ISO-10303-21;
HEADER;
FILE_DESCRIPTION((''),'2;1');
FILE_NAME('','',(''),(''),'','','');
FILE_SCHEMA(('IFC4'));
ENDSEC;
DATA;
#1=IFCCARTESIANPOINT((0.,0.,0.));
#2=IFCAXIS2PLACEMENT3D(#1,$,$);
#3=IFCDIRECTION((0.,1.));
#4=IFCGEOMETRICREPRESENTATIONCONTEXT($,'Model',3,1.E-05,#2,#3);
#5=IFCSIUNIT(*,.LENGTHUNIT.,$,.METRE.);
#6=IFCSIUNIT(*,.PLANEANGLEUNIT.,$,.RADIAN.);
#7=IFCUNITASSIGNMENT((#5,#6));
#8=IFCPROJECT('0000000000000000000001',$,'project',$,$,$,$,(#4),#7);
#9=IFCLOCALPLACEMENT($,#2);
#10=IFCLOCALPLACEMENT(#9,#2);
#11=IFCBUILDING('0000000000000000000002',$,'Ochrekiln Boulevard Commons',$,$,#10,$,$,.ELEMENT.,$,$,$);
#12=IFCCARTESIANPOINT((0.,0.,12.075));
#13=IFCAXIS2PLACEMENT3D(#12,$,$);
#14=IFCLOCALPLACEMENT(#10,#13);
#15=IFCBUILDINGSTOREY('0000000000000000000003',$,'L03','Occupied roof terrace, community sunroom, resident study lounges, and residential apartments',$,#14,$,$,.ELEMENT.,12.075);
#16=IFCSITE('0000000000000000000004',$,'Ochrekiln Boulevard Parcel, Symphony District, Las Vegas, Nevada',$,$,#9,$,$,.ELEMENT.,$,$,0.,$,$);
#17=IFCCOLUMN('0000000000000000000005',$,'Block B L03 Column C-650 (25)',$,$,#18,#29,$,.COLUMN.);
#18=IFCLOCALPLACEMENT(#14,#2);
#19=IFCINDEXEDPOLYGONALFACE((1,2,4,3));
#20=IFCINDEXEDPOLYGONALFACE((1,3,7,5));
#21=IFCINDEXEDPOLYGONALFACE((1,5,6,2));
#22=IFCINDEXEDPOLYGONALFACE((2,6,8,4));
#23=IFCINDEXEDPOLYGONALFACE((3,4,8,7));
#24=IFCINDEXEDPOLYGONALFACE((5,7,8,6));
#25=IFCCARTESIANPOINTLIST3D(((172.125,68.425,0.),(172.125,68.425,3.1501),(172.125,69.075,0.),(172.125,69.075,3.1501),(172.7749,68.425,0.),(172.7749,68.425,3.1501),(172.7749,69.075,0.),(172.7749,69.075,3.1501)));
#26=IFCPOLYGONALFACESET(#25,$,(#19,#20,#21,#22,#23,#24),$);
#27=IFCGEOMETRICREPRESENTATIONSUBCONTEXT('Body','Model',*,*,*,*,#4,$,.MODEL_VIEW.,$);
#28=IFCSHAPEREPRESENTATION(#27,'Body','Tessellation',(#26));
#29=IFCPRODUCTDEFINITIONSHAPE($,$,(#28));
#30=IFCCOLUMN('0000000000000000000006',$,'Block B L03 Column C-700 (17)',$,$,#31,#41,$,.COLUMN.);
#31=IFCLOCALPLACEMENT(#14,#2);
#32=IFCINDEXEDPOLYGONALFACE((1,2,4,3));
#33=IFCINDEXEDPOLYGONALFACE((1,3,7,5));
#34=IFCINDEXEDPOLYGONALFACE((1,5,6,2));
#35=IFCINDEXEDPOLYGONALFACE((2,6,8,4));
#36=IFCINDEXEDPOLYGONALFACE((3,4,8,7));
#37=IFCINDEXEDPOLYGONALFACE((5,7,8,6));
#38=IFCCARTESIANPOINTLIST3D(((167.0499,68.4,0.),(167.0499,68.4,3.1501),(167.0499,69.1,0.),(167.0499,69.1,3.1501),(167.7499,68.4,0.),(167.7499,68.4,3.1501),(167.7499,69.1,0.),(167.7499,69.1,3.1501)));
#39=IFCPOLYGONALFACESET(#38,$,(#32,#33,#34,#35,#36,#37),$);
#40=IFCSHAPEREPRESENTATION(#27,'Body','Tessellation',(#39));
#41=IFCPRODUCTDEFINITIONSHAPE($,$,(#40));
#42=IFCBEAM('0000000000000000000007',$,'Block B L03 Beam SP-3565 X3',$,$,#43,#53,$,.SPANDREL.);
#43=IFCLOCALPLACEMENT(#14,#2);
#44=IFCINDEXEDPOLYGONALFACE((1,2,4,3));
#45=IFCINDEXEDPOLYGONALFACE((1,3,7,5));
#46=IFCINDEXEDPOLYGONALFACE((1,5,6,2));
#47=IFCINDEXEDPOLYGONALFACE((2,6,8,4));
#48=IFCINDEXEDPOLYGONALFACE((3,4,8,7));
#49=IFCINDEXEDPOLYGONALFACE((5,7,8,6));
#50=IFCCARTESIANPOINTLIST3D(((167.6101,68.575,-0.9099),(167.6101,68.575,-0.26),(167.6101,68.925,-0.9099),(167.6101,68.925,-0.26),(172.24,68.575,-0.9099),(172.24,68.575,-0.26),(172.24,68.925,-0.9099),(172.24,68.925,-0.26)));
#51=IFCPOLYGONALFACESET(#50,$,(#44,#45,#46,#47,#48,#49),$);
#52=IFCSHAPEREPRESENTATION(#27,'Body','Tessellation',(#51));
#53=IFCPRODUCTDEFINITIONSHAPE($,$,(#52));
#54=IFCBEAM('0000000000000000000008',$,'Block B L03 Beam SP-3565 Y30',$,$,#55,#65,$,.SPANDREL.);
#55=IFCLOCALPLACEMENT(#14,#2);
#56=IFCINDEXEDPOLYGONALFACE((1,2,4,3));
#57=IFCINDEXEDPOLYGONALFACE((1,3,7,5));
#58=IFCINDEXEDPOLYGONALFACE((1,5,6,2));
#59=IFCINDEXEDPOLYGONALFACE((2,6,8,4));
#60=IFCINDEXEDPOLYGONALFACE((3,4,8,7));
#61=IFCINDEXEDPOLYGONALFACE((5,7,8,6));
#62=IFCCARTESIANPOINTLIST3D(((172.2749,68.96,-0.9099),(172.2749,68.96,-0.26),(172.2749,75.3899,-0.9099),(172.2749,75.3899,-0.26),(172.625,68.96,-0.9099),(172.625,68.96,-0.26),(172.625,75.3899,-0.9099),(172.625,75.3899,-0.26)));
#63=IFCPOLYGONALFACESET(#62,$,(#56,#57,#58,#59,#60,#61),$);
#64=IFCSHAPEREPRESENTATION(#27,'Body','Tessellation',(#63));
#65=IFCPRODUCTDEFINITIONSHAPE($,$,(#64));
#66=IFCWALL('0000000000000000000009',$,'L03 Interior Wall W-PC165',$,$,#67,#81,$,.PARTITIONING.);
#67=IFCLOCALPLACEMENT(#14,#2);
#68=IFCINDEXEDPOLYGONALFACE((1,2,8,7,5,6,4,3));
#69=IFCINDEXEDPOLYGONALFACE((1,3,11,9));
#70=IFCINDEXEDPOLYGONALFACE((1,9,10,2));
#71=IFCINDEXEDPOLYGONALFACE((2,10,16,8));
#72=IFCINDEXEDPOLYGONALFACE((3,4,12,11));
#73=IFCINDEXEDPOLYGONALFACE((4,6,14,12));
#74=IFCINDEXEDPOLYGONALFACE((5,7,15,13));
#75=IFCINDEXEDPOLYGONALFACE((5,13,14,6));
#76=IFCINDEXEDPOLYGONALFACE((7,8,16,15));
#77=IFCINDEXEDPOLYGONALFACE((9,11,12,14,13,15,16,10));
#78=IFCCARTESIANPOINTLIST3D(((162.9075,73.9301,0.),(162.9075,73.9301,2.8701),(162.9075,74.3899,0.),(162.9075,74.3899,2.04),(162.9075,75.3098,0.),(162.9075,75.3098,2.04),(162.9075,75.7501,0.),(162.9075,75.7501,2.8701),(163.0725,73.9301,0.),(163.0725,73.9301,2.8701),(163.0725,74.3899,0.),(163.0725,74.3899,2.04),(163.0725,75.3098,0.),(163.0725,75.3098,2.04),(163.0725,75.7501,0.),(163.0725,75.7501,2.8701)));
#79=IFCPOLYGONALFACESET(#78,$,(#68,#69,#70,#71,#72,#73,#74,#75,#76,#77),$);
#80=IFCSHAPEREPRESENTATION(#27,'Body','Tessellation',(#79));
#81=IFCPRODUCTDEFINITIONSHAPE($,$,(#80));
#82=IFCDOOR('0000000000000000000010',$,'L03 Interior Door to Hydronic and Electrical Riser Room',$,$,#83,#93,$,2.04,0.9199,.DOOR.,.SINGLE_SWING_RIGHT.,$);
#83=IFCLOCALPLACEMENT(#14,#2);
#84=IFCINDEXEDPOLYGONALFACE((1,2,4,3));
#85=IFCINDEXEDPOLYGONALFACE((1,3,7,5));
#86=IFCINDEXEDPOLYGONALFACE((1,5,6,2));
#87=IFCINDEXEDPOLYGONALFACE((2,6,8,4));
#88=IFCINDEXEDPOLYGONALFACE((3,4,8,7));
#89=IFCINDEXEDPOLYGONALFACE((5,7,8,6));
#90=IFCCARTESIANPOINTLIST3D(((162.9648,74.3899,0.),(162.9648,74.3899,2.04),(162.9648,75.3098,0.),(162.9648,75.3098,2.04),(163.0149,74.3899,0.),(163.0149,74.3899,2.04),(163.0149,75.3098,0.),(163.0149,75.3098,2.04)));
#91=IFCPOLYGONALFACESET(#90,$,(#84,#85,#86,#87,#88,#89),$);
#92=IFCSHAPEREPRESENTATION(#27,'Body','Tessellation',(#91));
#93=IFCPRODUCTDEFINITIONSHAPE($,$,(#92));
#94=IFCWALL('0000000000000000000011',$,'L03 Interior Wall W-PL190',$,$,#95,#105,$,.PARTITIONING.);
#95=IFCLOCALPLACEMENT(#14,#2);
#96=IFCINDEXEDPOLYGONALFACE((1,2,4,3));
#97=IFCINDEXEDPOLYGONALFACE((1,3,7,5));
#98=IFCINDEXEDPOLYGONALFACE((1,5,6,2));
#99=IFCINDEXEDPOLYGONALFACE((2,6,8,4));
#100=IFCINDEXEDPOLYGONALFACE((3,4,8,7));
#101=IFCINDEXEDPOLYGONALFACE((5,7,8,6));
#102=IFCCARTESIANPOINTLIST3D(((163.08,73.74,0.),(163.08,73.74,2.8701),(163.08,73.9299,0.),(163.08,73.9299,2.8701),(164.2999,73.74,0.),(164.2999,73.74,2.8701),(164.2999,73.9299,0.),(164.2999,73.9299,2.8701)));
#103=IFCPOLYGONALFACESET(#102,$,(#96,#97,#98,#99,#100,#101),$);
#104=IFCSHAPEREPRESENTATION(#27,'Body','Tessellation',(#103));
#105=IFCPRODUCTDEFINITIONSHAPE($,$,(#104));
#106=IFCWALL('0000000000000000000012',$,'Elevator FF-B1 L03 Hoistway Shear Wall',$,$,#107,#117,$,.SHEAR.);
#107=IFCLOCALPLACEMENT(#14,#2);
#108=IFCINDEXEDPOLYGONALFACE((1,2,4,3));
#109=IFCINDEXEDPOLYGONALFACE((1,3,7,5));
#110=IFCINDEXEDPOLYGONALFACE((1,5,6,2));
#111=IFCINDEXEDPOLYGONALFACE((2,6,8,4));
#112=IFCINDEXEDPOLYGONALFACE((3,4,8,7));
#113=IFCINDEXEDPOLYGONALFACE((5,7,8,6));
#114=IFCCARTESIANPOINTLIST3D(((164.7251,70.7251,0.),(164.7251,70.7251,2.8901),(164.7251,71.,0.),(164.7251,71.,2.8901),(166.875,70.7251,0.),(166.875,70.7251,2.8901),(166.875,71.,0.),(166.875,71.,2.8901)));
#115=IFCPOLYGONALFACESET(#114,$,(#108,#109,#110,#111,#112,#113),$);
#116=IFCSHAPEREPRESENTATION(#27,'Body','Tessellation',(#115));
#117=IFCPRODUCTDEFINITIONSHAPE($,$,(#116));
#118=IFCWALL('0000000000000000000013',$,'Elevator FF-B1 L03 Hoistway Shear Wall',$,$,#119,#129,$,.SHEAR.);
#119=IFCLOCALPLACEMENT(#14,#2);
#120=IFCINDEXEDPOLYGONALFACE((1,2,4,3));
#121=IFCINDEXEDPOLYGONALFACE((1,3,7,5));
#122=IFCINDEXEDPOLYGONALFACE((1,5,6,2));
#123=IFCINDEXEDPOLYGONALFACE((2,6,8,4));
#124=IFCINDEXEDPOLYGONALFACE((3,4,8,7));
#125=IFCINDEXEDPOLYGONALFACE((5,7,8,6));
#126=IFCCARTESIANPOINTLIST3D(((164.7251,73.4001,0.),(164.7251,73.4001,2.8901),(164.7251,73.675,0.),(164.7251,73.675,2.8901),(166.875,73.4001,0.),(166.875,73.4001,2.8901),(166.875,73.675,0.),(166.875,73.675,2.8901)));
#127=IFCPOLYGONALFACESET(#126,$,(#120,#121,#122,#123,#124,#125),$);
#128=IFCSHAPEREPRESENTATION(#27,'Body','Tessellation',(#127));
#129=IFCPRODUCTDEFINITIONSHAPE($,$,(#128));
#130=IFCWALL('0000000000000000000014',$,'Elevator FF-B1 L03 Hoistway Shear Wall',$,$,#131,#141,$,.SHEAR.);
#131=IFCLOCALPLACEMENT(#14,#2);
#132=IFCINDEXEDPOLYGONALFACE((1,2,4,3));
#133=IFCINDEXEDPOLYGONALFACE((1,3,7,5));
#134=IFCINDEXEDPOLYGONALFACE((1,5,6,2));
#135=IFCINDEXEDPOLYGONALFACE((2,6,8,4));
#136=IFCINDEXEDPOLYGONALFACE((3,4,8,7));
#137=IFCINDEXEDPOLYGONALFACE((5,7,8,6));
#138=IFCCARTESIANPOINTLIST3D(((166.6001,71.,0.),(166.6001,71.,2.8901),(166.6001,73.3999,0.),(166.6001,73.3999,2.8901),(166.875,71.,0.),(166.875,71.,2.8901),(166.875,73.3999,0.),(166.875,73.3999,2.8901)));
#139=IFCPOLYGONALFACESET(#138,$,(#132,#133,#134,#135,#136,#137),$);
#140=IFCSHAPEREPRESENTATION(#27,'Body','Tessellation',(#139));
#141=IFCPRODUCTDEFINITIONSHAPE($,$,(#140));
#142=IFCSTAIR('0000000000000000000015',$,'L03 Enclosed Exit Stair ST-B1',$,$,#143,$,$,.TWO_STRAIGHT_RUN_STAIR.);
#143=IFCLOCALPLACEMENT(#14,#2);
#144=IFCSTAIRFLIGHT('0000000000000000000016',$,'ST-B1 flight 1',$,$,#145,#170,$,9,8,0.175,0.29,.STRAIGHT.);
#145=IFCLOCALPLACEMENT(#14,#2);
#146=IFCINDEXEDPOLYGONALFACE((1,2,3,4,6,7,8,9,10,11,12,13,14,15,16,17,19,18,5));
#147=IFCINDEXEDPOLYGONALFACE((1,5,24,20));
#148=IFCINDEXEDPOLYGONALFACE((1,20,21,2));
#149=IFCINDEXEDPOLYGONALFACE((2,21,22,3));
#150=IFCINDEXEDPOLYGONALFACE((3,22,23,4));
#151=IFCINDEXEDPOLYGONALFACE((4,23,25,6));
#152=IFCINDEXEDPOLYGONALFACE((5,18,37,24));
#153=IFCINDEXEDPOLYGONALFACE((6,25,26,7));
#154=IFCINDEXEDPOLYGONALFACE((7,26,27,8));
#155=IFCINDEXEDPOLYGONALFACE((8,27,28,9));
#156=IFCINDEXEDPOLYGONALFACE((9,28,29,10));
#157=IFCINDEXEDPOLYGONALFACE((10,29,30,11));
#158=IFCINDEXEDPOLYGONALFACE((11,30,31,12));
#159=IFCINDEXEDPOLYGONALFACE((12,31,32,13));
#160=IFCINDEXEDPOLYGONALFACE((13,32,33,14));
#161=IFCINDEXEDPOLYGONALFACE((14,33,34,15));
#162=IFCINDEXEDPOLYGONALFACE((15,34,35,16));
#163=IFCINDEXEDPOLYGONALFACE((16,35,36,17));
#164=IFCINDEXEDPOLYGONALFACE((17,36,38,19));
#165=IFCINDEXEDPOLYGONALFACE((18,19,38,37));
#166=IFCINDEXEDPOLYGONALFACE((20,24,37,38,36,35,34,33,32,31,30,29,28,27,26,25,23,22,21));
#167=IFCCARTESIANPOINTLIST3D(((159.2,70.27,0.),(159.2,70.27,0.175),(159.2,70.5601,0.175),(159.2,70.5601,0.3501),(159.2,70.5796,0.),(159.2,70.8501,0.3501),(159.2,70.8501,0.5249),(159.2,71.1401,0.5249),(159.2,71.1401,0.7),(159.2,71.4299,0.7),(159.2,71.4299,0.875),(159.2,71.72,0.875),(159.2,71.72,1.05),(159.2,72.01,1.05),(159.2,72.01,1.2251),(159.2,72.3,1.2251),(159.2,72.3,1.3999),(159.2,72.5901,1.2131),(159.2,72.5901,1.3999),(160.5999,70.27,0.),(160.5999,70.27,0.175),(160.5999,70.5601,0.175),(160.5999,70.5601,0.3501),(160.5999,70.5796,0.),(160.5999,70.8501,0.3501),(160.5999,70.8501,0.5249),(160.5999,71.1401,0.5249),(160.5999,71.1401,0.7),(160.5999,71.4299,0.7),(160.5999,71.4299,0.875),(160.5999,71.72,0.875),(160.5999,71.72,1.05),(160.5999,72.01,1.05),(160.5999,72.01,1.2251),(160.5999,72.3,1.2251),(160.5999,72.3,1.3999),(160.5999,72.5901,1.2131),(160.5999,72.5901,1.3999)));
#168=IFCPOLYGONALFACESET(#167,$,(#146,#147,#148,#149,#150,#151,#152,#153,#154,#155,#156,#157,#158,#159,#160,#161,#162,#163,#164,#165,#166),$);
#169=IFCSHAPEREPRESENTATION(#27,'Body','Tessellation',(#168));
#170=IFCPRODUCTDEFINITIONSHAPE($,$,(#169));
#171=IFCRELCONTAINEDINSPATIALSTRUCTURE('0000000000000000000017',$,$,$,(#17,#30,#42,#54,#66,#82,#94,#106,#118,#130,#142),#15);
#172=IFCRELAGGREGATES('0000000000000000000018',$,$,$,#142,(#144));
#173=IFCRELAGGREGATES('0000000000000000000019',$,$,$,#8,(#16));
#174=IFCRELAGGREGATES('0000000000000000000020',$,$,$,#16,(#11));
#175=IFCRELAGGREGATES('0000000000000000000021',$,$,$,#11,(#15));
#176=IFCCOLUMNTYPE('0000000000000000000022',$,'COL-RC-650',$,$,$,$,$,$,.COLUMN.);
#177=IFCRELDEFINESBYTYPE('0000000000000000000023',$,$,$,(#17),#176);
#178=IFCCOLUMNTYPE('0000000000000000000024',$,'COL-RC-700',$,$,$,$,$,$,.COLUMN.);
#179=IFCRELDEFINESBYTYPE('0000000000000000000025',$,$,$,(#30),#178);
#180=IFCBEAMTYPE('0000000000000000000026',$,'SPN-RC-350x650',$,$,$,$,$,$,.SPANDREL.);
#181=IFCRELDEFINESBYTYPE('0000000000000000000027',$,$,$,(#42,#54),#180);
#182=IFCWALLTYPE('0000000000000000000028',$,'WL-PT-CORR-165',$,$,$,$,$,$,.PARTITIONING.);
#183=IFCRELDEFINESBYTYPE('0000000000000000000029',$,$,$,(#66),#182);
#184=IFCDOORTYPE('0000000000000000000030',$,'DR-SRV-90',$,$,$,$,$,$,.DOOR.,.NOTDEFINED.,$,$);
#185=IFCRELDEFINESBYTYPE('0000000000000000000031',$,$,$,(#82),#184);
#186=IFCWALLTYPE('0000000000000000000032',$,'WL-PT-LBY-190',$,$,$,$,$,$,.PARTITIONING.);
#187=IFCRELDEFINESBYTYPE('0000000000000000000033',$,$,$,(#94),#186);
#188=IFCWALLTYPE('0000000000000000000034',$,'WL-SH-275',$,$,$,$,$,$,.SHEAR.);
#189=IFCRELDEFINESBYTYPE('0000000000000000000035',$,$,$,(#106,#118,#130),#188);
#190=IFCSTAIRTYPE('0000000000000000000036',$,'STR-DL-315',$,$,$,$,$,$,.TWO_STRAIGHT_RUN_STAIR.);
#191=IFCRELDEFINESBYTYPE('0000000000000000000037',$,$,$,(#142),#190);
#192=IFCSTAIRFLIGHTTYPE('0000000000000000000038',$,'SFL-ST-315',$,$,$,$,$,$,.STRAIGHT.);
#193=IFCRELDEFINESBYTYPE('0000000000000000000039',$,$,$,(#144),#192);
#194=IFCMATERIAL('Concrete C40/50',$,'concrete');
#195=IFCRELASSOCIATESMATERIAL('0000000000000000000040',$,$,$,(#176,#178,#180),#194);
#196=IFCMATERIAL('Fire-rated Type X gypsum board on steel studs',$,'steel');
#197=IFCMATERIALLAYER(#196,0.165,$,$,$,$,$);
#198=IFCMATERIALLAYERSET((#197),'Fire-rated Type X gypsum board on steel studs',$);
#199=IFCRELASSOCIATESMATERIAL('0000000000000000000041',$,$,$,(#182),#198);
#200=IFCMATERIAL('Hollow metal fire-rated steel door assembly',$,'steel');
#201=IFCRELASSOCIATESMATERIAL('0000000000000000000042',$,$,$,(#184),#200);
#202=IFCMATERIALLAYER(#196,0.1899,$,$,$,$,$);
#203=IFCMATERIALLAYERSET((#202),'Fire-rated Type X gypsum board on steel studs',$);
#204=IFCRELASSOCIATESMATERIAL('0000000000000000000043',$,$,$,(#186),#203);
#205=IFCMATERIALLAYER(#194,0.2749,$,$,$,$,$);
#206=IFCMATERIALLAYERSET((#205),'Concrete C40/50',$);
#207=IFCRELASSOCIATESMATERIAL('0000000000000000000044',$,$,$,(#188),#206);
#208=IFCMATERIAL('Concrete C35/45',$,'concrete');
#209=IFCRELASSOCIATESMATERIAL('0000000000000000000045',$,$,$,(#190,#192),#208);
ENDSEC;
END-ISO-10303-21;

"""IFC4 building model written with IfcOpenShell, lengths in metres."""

from ifc_helpers import new_model, si_unit, direction, frame, frame_2d, origin, origin_2d, place, context, subcontext, project, spatial, polyline, rectangle, outline, extrude, material, layer, layer_set, material_profile, profile_set, type_object, element, fill, aggregate, save


model = new_model("IFC4")

# Units and contexts
model_context = context("Model", 3, precision=1e-05, world=origin(), true_north=direction((0.0, 1.0)))
body_context = subcontext(model_context, "Body", "Model", "MODEL_VIEW")
ifc_project = project(units=[si_unit("LENGTHUNIT", "METRE"), si_unit("PLANEANGLEUNIT", "RADIAN")], contexts=[model_context])

# Site, building, storey
site_placement = place(None, origin())
site = spatial("IfcSite", under=ifc_project, at=site_placement, Name="Ochrekiln Boulevard Parcel, Symphony District, Las Vegas, Nevada", CompositionType="ELEMENT", RefElevation=0.0)
building_placement = place(site_placement, origin())
building = spatial("IfcBuilding", under=site, at=building_placement, Name="Ochrekiln Boulevard Commons", CompositionType="ELEMENT")
storey_placement = place(building_placement, frame((0.0, 0.0, 12.075)))
storey = spatial("IfcBuildingStorey", under=building, at=storey_placement, Name="L03", Description="Occupied roof terrace, community sunroom, resident study lounges, and residential apartments", CompositionType="ELEMENT", Elevation=12.075)

# Columns
ifc_material_1 = material(Name="Concrete C40/50", Category="concrete")
ifc_material_profile_1 = material_profile(ifc_material_1, rectangle(XDim=0.6499, YDim=0.6499, at=origin_2d()), Name="RC-COL-650x650")
ifc_profile_set_1 = profile_set([ifc_material_profile_1], Name="Concrete C40/50")
column_type_1 = type_object("IfcColumnType", Name="COL-RC-650", PredefinedType="COLUMN", material=ifc_profile_set_1)
column_1_placement = place(storey_placement, frame((172.45, 68.75, 0.0), z_axis=(0.0, 0.0, 1.0), x_axis=(1.0, 0.0, 0.0)))
element("IfcColumn", 1, at=column_1_placement, inside=storey, type_object=column_type_1, Name="Block B L03 Column C-650 (25)", PredefinedType="COLUMN", context=body_context, shape_type="SweptSolid", body=[
    extrude(rectangle(XDim=0.6499, YDim=0.6499, at=origin_2d()), origin(), (0.0, 0.0, 1.0), 3.1501),
])
ifc_material_profile_2 = material_profile(ifc_material_1, rectangle(XDim=0.7, YDim=0.7, at=origin_2d()), Name="RC-COL-700x700")
ifc_profile_set_2 = profile_set([ifc_material_profile_2], Name="Concrete C40/50")
column_type_2 = type_object("IfcColumnType", Name="COL-RC-700", PredefinedType="COLUMN", material=ifc_profile_set_2)
column_2_placement = place(storey_placement, frame((167.3999, 68.75, 0.0), z_axis=(0.0, 0.0, 1.0), x_axis=(1.0, 0.0, 0.0)))
element("IfcColumn", 2, at=column_2_placement, inside=storey, type_object=column_type_2, Name="Block B L03 Column C-700 (17)", PredefinedType="COLUMN", context=body_context, shape_type="SweptSolid", body=[
    extrude(rectangle(XDim=0.7, YDim=0.7, at=origin_2d()), origin(), (0.0, 0.0, 1.0), 3.1501),
])

# Beams
ifc_material_profile_3 = material_profile(ifc_material_1, rectangle(XDim=0.3501, YDim=0.6499, at=origin_2d()), Name="RC-SPN-350x650")
ifc_profile_set_3 = profile_set([ifc_material_profile_3], Name="Concrete C40/50")
beam_type = type_object("IfcBeamType", Name="SPN-RC-350x650", PredefinedType="SPANDREL", material=ifc_profile_set_3)
beam_1_placement = place(storey_placement, frame((167.6101, 68.75, -0.585), z_axis=(1.0, 0.0, 0.0), x_axis=(0.0, 1.0, 0.0)))
element("IfcBeam", 3, at=beam_1_placement, inside=storey, type_object=beam_type, Name="Block B L03 Beam SP-3565 X3", PredefinedType="SPANDREL", context=body_context, shape_type="SweptSolid", body=[
    extrude(rectangle(XDim=0.3501, YDim=0.6499, at=origin_2d()), origin(), (0.0, 0.0, 1.0), 4.6299),
])
beam_2_placement = place(storey_placement, frame((172.45, 68.96, -0.585), z_axis=(0.0, 1.0, 0.0), x_axis=(-1.0, 0.0, 0.0)))
element("IfcBeam", 4, at=beam_2_placement, inside=storey, type_object=beam_type, Name="Block B L03 Beam SP-3565 Y30", PredefinedType="SPANDREL", context=body_context, shape_type="SweptSolid", body=[
    extrude(rectangle(XDim=0.3501, YDim=0.6499, at=origin_2d()), origin(), (0.0, 0.0, 1.0), 6.4299),
])

# Wall, opening, door
ifc_material_2 = material(Name="Fire-rated Type X gypsum board on steel studs", Category="steel")
ifc_layer_1 = layer(ifc_material_2, 0.165)
ifc_layer_set_1 = layer_set([ifc_layer_1], Name="Fire-rated Type X gypsum board on steel studs")
wall_type_1 = type_object("IfcWallType", Name="WL-PT-CORR-165", PredefinedType="PARTITIONING", material=ifc_layer_set_1)
wall_1_placement = place(storey_placement, frame((162.99, 73.9299, 0.0), z_axis=(0.0, 0.0, 1.0), x_axis=(0.0, 1.0, 0.0)))
wall_1 = element("IfcWall", 5, at=wall_1_placement, inside=storey, type_object=wall_type_1, Name="L03 Interior Wall W-PC165", PredefinedType="PARTITIONING", context=body_context, shape_type="SweptSolid", body=[
    extrude(rectangle(XDim=1.8201, YDim=0.165, at=frame_2d((0.9102, 0.0))), origin(), (0.0, 0.0, 1.0), 2.8701),
])
opening_1_placement = place(wall_1_placement, frame((0.46, 0.0, 0.0)))
opening_1 = element("IfcOpeningElement", 6, at=opening_1_placement, cuts=wall_1, PredefinedType="OPENING", context=body_context, shape_type="SweptSolid", body=[
    extrude(rectangle(XDim=0.9199, YDim=2.04, at=frame_2d((0.46, 1.02))), frame((0.0, 0.0925, 0.0), z_axis=(0.0, -1.0, 0.0), x_axis=(1.0, 0.0, 0.0)), (0.0, 0.0, 1.0), 0.1851),
])
ifc_material_3 = material(Name="Hollow metal fire-rated steel door assembly", Category="steel")
door_type_1 = type_object("IfcDoorType", Name="DR-SRV-90", OperationType="NOTDEFINED", PredefinedType="DOOR", material=ifc_material_3)
door_1_placement = place(opening_1_placement, frame((0.9199, 0.0, 0.0), z_axis=(0.0, 0.0, 1.0), x_axis=(-1.0, 0.0, 0.0)))
door_1 = element("IfcDoor", 7, at=door_1_placement, inside=storey, type_object=door_type_1, Name="L03 Interior Door to Hydronic and Electrical Riser Room", OperationType="SINGLE_SWING_RIGHT", OverallHeight=2.04, OverallWidth=0.9199, PredefinedType="DOOR", context=body_context, shape_type="SweptSolid", body=[
    extrude(rectangle(XDim=0.9199, YDim=2.04, at=frame_2d((0.46, 1.02))), frame((0.0, 0.0249, 0.0), z_axis=(0.0, -1.0, 0.0), x_axis=(1.0, 0.0, 0.0)), (0.0, 0.0, 1.0), 0.05),
])
fill(opening_1, door_1)

# Wall
ifc_layer_2 = layer(ifc_material_2, 0.1899)
ifc_layer_set_2 = layer_set([ifc_layer_2], Name="Fire-rated Type X gypsum board on steel studs")
wall_type_2 = type_object("IfcWallType", Name="WL-PT-LBY-190", PredefinedType="PARTITIONING", material=ifc_layer_set_2)
wall_2_placement = place(storey_placement, frame((163.0801, 73.835, 0.0), z_axis=(0.0, 0.0, 1.0), x_axis=(1.0, 0.0, 0.0)))
element("IfcWall", 8, at=wall_2_placement, inside=storey, type_object=wall_type_2, Name="L03 Interior Wall W-PL190", PredefinedType="PARTITIONING", context=body_context, shape_type="SweptSolid", body=[
    extrude(rectangle(XDim=1.22, YDim=0.1899, at=frame_2d((0.6099, 0.0))), origin(), (0.0, 0.0, 1.0), 2.8701),
])

# Walls
ifc_layer_3 = layer(ifc_material_1, 0.2749)
ifc_layer_set_3 = layer_set([ifc_layer_3], Name="Concrete C40/50")
wall_type_3 = type_object("IfcWallType", Name="WL-SH-275", PredefinedType="SHEAR", material=ifc_layer_set_3)
for number, where, z_axis, x_axis, name in (
    (9, (164.7251, 70.8625, 0.0), (0.0, 0.0, 1.0), (1.0, 0.0, 0.0), "Elevator FF-B1 L03 Hoistway Shear Wall"),
    (10, (164.7251, 73.5376, 0.0), (0.0, 0.0, 1.0), (1.0, 0.0, 0.0), "Elevator FF-B1 L03 Hoistway Shear Wall"),
):
    element("IfcWall", number, at=place(storey_placement, frame(where, z_axis=z_axis, x_axis=x_axis)), inside=storey, type_object=wall_type_3, Name=name, PredefinedType="SHEAR", context=body_context, shape_type="SweptSolid", body=[
        extrude(rectangle(XDim=2.1499, YDim=0.2749, at=frame_2d((1.075, 0.0))), origin(), (0.0, 0.0, 1.0), 2.8901),
    ])

# Wall
wall_3_placement = place(storey_placement, frame((166.7375, 71.0, 0.0), z_axis=(0.0, 0.0, 1.0), x_axis=(0.0, 1.0, 0.0)))
element("IfcWall", 11, at=wall_3_placement, inside=storey, type_object=wall_type_3, Name="Elevator FF-B1 L03 Hoistway Shear Wall", PredefinedType="SHEAR", context=body_context, shape_type="SweptSolid", body=[
    extrude(rectangle(XDim=2.3999, YDim=0.2749, at=frame_2d((1.2, 0.0))), origin(), (0.0, 0.0, 1.0), 2.8901),
])

# Stair, stair flight
ifc_material_4 = material(Name="Concrete C35/45", Category="concrete")
stair_type = type_object("IfcStairType", Name="STR-DL-315", PredefinedType="TWO_STRAIGHT_RUN_STAIR", material=ifc_material_4)
stair_placement = place(storey_placement, origin())
stair = element("IfcStair", 12, at=stair_placement, inside=storey, type_object=stair_type, Name="L03 Enclosed Exit Stair ST-B1", PredefinedType="TWO_STRAIGHT_RUN_STAIR")
stair_flight_type = type_object("IfcStairFlightType", Name="SFL-ST-315", PredefinedType="STRAIGHT", material=ifc_material_4)
stair_flight_placement = place(storey_placement, frame((159.8999, 70.27, 0.0), z_axis=(0.0, 0.0, 1.0), x_axis=(0.0, 1.0, 0.0)))
stair_flight = element("IfcStairFlight", 13, at=stair_flight_placement, type_object=stair_flight_type, Name="ST-B1 flight 1", NumberOfRisers=9, NumberOfTreads=8, PredefinedType="STRAIGHT", RiserHeight=0.175, TreadLength=0.29, context=body_context, shape_type="SweptSolid", body=[
    extrude(outline(polyline([(0.0, 0.0), (0.0, 0.175), (0.29, 0.175), (0.29, 0.3501), (0.5801, 0.3501), (0.5801, 0.5249), (0.8701, 0.5249), (0.8701, 0.7), (1.1599, 0.7), (1.1599, 0.875), (1.45, 0.875), (1.45, 1.05), (1.74, 1.05), (1.74, 1.2251), (2.03, 1.2251), (2.03, 1.3999), (2.3201, 1.3999), (2.3201, 1.575), (2.3201, 1.2131), (0.3096, 0.0), (0.0, 0.0)])), frame((0.0, 0.7, 0.0), z_axis=(0.0, -1.0, 0.0), x_axis=(1.0, 0.0, 0.0)), (0.0, 0.0, 1.0), 1.3999),
])
aggregate(stair, [stair_flight])

save(model, "model.ifc")
